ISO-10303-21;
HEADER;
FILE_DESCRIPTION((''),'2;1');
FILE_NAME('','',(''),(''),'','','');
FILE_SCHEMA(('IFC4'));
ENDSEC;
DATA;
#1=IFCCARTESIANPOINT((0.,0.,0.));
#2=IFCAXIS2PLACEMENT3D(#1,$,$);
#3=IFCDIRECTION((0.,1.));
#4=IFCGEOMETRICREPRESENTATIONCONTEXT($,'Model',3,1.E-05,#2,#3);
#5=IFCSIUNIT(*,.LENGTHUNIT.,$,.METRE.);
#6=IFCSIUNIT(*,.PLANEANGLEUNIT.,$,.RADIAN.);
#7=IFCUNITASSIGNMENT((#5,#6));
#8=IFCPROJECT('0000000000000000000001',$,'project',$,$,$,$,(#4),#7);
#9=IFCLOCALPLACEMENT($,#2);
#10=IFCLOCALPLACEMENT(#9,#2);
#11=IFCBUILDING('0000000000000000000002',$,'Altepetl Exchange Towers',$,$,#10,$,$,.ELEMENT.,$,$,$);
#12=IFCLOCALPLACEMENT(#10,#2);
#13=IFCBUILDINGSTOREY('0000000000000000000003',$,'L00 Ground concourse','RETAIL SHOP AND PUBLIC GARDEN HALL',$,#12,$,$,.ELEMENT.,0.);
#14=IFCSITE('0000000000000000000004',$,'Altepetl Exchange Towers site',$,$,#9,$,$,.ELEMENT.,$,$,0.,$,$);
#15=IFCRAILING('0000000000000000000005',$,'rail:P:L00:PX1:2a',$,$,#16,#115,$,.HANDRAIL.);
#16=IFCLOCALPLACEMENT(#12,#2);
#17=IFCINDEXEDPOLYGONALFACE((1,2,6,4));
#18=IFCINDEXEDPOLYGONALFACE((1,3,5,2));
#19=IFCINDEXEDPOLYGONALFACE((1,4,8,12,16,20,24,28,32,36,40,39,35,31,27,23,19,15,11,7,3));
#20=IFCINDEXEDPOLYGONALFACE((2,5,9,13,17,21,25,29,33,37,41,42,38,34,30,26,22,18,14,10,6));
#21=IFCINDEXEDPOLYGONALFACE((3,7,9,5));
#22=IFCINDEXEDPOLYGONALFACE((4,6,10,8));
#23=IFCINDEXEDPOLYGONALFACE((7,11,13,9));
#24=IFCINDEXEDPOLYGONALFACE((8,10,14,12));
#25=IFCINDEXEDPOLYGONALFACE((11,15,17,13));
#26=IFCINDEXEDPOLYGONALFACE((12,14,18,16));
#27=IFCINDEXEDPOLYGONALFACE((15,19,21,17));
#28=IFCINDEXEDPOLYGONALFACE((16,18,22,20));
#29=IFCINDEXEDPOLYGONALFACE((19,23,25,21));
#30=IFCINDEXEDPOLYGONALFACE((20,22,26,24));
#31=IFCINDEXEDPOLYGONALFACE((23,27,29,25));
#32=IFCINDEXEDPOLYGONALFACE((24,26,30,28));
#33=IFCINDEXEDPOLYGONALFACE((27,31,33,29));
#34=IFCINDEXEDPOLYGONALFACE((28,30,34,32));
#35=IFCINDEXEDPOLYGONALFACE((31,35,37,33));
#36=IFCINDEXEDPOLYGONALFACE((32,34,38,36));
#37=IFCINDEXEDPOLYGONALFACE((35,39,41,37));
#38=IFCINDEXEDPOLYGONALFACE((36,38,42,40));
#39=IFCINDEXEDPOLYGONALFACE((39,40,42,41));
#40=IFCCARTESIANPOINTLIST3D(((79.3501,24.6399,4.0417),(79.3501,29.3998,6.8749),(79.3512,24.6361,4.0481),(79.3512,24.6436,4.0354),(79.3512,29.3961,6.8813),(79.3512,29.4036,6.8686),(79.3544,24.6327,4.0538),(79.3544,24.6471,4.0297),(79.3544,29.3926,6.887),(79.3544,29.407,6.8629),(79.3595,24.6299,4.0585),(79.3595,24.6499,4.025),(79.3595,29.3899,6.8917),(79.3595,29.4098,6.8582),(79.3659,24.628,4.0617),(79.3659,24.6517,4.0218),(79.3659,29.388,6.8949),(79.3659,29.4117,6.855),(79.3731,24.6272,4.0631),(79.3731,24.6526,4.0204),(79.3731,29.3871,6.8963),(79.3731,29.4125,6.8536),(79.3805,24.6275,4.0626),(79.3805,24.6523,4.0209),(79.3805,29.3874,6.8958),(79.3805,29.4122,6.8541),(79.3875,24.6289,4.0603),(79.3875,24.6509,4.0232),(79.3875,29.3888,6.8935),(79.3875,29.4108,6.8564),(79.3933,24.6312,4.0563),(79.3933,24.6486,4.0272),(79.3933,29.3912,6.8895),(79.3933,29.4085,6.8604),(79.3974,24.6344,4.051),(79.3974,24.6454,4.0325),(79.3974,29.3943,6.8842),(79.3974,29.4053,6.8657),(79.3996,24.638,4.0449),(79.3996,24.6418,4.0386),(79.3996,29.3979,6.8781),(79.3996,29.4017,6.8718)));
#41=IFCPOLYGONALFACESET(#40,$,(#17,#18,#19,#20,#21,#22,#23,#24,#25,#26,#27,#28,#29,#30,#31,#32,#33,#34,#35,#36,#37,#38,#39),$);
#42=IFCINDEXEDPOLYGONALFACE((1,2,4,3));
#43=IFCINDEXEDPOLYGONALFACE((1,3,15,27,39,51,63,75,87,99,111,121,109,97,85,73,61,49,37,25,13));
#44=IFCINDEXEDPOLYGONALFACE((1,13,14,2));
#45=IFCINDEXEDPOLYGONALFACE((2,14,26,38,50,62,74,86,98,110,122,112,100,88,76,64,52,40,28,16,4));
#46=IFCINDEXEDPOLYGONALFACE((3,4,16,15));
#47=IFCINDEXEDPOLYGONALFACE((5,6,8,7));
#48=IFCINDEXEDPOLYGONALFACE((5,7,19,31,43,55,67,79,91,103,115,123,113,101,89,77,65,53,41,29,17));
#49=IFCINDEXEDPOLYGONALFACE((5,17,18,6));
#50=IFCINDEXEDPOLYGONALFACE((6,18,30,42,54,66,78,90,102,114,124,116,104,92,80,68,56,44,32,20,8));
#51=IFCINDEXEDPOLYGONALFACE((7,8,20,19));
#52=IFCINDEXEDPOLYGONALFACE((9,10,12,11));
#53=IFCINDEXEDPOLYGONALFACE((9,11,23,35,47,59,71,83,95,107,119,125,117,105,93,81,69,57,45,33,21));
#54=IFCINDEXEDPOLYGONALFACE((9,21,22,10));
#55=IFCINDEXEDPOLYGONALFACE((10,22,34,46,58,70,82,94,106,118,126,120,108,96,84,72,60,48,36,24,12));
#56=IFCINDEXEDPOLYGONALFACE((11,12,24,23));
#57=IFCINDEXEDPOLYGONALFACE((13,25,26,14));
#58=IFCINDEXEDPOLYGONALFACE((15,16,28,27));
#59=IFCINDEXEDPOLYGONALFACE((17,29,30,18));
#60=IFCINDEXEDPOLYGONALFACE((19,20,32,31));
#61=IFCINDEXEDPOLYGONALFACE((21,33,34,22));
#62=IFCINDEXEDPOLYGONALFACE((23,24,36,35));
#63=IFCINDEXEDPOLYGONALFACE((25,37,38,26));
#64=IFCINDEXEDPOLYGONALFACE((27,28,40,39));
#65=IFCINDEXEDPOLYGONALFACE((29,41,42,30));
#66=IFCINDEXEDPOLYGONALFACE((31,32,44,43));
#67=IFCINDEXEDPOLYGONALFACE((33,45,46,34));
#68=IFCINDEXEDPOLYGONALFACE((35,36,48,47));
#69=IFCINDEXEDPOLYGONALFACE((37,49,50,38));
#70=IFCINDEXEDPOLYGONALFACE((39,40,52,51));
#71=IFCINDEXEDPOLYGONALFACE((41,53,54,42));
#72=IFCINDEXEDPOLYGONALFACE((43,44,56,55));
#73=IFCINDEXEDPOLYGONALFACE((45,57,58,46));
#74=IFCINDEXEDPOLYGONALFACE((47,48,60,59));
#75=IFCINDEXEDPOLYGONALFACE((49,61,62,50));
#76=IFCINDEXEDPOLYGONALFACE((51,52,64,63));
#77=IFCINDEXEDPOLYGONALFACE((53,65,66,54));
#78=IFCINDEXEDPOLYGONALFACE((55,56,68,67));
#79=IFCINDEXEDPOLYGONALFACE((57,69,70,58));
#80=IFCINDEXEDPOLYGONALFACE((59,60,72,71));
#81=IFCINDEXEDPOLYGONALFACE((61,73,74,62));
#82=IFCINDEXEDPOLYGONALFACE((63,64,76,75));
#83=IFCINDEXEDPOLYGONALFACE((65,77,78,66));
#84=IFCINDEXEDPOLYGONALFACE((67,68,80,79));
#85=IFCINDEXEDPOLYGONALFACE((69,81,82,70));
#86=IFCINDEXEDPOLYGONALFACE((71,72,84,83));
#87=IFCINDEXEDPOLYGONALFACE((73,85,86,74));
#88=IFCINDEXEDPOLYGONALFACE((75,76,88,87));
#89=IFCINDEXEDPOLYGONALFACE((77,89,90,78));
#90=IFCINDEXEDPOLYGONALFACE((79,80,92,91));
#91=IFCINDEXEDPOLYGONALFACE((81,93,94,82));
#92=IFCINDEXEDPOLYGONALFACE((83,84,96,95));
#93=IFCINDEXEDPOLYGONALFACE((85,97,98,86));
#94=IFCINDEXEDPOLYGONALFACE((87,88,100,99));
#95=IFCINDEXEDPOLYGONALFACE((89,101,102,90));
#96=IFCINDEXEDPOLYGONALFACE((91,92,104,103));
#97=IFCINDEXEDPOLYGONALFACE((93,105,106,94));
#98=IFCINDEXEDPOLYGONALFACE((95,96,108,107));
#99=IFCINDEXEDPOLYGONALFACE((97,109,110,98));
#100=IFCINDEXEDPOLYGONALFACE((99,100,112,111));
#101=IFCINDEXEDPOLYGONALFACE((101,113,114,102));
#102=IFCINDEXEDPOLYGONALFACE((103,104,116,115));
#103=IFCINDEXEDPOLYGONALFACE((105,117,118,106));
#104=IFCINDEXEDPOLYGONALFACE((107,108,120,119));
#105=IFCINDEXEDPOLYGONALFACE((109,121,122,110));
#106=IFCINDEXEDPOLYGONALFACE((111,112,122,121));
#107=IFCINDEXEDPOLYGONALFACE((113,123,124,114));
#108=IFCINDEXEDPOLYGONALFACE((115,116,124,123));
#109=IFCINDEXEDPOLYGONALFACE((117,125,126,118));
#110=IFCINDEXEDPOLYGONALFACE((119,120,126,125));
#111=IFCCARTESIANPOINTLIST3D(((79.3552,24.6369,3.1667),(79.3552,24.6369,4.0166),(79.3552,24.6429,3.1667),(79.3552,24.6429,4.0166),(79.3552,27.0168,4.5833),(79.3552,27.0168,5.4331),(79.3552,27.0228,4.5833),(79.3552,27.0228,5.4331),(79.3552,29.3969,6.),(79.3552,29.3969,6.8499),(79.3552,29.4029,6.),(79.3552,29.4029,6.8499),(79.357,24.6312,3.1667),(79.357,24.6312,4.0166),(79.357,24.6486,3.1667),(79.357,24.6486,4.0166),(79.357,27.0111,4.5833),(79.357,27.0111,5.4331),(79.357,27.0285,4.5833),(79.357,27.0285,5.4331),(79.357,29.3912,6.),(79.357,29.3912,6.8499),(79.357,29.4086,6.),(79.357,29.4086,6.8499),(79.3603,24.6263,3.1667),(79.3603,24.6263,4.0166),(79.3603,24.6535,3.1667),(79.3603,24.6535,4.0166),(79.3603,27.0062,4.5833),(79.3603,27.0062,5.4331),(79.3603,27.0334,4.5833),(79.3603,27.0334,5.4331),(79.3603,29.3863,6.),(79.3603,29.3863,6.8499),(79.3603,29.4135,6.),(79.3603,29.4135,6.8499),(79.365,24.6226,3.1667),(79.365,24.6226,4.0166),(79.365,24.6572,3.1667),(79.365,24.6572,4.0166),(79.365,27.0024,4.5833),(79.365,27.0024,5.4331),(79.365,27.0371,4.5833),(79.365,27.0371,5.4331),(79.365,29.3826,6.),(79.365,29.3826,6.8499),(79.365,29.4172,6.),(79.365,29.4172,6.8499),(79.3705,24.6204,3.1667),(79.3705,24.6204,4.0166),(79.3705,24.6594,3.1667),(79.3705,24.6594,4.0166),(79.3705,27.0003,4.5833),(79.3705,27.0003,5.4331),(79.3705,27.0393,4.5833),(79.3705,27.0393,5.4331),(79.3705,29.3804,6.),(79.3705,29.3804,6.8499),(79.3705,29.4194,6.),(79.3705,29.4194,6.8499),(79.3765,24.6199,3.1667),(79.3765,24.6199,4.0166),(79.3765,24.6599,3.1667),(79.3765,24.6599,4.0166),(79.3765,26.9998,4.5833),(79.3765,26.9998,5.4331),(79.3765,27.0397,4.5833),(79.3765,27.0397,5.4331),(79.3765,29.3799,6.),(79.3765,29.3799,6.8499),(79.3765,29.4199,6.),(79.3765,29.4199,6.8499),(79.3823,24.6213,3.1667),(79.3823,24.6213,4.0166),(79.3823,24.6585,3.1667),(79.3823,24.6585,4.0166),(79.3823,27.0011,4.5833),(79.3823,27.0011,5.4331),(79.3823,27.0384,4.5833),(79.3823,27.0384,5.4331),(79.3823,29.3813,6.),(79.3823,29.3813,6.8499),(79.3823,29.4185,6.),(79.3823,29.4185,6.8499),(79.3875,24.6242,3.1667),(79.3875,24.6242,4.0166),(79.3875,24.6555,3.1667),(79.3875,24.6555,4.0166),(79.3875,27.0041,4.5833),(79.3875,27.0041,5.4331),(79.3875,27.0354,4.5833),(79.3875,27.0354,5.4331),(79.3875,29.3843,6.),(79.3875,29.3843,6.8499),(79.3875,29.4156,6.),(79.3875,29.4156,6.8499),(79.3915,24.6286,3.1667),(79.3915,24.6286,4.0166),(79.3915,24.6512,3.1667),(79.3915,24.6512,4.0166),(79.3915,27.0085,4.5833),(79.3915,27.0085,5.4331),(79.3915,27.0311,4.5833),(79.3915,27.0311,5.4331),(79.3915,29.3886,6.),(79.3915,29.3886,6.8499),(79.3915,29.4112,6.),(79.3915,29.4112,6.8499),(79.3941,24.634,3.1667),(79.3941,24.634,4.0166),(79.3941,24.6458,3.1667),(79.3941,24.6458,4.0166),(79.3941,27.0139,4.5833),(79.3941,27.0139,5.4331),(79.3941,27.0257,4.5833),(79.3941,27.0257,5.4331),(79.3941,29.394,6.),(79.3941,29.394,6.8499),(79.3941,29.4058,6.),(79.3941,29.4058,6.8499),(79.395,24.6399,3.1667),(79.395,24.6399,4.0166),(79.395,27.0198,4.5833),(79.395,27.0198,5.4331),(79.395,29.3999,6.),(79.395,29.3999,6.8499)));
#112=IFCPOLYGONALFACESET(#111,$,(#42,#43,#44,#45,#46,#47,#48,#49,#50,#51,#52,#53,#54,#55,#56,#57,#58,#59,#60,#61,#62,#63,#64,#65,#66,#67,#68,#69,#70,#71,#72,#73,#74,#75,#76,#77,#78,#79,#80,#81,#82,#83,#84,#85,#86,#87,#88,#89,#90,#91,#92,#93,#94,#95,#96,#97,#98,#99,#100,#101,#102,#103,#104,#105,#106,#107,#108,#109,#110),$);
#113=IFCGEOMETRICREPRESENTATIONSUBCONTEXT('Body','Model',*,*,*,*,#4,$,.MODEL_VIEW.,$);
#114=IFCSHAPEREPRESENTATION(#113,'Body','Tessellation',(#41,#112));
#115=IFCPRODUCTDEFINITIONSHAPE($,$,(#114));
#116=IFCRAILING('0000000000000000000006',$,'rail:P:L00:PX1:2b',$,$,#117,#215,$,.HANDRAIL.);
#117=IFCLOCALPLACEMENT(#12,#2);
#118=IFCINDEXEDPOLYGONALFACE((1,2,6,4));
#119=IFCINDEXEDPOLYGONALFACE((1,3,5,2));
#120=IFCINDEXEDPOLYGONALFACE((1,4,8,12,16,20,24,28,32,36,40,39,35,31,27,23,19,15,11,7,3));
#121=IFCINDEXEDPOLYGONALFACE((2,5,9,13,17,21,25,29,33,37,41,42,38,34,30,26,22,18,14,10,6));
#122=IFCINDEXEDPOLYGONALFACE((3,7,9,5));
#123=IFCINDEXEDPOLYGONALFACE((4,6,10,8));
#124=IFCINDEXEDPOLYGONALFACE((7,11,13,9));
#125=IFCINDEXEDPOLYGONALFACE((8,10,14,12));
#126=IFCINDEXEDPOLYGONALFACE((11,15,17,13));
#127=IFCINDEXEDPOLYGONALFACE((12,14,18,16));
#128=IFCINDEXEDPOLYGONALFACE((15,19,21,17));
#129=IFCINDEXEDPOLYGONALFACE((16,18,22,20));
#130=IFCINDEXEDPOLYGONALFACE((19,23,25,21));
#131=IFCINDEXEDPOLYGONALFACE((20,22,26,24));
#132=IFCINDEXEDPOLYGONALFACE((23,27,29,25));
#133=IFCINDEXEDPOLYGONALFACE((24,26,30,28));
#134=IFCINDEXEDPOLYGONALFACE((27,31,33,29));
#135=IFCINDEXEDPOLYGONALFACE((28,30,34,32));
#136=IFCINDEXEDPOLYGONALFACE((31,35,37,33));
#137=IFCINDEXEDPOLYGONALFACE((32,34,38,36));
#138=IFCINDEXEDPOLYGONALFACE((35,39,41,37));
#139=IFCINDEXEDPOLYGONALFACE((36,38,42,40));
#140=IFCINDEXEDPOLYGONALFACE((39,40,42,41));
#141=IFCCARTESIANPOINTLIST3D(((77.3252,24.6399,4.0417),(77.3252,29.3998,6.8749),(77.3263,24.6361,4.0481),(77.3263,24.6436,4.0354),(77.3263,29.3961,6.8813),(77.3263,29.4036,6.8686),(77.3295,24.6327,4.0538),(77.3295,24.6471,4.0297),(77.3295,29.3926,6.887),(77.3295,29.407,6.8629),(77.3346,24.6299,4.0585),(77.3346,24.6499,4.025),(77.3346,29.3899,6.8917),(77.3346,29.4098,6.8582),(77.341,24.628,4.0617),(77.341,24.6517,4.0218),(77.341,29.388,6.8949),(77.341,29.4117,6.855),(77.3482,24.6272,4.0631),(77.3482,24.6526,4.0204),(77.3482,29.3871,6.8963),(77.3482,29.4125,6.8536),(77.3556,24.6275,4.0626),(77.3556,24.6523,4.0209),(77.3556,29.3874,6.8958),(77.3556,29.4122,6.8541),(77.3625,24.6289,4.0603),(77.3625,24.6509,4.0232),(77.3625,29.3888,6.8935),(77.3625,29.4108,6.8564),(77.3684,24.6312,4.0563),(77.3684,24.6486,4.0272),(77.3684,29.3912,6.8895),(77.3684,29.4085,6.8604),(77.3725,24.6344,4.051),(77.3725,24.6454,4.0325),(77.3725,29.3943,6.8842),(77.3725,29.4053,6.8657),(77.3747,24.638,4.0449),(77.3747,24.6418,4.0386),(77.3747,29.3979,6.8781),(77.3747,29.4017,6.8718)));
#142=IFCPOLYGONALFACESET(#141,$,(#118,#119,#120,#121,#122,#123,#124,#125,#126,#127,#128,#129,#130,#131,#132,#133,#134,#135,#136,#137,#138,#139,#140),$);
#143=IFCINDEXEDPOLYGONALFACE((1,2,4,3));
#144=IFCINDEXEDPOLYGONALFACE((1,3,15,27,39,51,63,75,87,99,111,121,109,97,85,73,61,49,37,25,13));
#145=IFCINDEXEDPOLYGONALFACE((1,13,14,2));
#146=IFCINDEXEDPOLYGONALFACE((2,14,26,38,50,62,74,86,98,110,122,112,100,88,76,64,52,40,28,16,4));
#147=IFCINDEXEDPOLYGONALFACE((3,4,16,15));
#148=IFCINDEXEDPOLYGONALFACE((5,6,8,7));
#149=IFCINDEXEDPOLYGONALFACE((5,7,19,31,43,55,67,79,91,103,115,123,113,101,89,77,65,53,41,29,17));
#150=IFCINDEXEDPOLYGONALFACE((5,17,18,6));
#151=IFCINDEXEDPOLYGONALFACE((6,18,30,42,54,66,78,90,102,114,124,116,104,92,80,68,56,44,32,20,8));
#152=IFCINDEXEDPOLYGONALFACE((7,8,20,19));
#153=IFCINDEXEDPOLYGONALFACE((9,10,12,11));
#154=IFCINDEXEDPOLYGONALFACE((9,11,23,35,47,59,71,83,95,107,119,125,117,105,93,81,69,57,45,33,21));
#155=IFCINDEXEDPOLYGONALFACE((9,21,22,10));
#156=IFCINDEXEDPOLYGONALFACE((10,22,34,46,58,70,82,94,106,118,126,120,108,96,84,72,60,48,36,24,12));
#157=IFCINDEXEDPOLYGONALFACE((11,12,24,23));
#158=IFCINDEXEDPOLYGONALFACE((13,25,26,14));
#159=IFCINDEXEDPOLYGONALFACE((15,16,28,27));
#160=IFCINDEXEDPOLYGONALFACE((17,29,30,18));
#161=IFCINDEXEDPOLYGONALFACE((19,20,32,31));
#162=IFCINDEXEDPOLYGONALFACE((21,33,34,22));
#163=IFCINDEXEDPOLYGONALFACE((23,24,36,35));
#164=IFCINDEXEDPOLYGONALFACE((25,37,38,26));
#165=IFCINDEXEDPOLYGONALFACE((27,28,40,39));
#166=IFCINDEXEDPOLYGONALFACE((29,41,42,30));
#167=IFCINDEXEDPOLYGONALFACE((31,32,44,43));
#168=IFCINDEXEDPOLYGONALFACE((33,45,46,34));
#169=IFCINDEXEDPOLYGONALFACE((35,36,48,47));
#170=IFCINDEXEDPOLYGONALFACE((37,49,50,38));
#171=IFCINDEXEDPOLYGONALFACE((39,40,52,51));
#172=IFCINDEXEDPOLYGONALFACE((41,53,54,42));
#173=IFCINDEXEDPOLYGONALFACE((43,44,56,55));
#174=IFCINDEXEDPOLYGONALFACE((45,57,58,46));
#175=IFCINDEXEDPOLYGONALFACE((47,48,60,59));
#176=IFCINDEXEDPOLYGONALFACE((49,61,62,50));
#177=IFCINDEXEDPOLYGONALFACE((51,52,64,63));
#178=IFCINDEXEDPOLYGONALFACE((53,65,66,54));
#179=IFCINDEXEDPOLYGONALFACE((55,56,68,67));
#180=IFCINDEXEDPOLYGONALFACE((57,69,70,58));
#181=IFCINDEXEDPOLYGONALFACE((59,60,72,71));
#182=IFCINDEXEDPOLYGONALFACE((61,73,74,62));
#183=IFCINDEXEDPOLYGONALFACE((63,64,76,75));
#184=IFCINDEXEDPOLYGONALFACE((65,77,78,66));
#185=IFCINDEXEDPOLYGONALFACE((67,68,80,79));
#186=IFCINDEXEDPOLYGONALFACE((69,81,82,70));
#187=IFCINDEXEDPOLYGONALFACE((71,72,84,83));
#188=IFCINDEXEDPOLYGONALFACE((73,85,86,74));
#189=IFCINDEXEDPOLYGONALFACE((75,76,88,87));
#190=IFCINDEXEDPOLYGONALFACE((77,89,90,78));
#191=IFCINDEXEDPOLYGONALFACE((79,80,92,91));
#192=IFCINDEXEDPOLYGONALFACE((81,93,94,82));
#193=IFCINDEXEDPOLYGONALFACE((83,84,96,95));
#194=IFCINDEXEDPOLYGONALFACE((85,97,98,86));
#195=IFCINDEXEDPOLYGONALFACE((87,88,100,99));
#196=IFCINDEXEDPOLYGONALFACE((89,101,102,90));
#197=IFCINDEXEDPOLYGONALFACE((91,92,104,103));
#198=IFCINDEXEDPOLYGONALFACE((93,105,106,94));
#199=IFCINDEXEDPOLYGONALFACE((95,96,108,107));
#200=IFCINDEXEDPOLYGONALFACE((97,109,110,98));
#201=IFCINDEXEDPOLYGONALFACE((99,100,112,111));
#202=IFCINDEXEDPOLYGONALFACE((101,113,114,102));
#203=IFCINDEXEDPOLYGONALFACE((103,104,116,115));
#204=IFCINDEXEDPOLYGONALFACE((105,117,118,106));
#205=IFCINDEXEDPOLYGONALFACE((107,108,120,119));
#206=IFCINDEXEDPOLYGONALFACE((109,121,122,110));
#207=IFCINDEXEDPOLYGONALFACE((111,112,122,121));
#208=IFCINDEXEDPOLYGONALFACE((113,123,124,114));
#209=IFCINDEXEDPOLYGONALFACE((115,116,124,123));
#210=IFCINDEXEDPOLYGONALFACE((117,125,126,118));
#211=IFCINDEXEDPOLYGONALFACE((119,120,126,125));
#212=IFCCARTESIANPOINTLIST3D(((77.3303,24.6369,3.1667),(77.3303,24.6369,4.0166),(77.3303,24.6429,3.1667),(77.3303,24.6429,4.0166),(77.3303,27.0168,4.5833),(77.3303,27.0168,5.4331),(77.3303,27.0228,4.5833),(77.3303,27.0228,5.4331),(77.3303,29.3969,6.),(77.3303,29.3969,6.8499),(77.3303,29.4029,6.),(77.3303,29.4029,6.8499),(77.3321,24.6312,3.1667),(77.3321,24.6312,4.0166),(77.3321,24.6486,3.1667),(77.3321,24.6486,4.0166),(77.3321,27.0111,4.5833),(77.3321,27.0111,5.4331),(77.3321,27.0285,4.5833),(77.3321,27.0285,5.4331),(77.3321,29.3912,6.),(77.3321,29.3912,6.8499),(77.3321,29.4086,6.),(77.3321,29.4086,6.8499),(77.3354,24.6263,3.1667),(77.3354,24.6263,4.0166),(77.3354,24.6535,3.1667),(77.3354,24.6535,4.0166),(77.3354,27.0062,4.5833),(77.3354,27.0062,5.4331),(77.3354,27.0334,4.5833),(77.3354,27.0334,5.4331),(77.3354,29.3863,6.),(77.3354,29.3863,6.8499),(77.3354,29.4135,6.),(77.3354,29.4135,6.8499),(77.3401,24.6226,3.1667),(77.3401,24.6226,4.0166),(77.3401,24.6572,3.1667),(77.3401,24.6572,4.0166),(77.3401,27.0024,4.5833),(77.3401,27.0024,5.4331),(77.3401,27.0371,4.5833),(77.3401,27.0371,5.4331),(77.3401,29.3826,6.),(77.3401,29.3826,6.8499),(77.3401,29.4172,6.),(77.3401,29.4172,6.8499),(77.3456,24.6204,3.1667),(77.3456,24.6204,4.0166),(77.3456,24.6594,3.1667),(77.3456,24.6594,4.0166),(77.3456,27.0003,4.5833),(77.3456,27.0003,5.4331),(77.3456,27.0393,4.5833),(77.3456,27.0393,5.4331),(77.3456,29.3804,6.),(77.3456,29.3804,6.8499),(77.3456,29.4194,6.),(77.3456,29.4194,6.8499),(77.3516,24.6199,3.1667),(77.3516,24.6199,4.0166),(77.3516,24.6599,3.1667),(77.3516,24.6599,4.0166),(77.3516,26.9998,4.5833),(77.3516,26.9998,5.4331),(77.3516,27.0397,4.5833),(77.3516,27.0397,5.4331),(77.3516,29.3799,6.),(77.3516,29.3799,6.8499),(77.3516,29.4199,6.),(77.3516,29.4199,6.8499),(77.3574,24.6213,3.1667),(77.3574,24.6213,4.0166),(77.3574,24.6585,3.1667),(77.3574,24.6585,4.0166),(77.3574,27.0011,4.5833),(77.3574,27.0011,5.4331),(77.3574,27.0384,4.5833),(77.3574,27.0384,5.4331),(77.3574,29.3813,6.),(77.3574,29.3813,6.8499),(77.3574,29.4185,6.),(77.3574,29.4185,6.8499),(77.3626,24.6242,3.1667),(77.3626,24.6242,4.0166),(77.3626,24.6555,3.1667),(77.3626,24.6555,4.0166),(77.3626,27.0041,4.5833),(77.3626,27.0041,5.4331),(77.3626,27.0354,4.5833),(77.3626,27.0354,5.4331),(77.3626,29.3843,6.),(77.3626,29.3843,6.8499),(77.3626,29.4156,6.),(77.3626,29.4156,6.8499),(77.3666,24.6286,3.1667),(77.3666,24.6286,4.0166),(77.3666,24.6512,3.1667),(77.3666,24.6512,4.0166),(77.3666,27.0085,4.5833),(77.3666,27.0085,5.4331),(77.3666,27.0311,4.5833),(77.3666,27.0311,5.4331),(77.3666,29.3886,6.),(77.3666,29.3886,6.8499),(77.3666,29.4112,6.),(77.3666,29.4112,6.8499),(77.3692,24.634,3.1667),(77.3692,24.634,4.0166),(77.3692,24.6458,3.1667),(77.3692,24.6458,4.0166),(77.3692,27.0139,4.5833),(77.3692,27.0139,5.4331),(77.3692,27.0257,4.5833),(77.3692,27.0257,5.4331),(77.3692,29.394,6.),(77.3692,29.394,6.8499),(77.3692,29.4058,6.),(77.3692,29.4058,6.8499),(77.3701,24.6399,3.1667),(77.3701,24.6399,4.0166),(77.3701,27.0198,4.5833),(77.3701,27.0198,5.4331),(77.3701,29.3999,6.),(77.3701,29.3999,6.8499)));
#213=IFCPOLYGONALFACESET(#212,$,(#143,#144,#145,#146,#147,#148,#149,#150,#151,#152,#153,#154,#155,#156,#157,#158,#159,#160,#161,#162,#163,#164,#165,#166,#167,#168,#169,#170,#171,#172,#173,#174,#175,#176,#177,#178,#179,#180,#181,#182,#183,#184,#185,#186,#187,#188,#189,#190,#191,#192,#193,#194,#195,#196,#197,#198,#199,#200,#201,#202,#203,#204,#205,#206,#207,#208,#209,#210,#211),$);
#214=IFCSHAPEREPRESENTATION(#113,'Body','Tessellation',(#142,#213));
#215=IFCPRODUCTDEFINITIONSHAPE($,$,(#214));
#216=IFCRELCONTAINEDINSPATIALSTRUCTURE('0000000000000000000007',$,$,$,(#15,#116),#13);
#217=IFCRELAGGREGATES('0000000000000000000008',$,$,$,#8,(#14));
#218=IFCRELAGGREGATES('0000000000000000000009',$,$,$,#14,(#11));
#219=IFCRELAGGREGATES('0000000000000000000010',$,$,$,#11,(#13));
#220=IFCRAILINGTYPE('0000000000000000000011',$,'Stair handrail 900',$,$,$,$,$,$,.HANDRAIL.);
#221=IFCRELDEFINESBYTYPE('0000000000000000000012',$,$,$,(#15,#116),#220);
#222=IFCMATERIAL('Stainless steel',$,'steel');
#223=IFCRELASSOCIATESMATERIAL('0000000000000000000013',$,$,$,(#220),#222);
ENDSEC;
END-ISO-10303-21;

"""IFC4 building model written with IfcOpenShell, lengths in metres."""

from ifc_helpers import new_model, si_unit, direction, frame, origin, origin_2d, place, context, subcontext, project, spatial, circle, extrude, source, transform, mapped, material, type_object, element, save


model = new_model("IFC4")

# Units and contexts
model_context = context("Model", 3, precision=1e-05, world=origin(), true_north=direction((0.0, 1.0)))
body_context = subcontext(model_context, "Body", "Model", "MODEL_VIEW")
ifc_project = project(units=[si_unit("LENGTHUNIT", "METRE"), si_unit("PLANEANGLEUNIT", "RADIAN")], contexts=[model_context])

# Site, building, storey
site_placement = place(None, origin())
site = spatial("IfcSite", under=ifc_project, at=site_placement, Name="Altepetl Exchange Towers site", CompositionType="ELEMENT", RefElevation=0.0)
building_placement = place(site_placement, origin())
building = spatial("IfcBuilding", under=site, at=building_placement, Name="Altepetl Exchange Towers", CompositionType="ELEMENT")
storey_placement = place(building_placement, origin())
storey = spatial("IfcBuildingStorey", under=building, at=storey_placement, Name="L00 Ground concourse", Description="RETAIL SHOP AND PUBLIC GARDEN HALL", CompositionType="ELEMENT", Elevation=0.0)

# Railings
ifc_material_1 = material(Name="Stainless steel", Category="steel")
railing_type_1 = type_object("IfcRailingType", Name="Stair handrail 900", PredefinedType="HANDRAIL", material=ifc_material_1)
shared_shape_1 = source(origin(), body_context, "Body", "SweptSolid", [
    extrude(circle(Radius=0.02, at=origin_2d()), origin(), (0.0, 0.0, 1.0), 0.8499),
])
for number, where, name in (
    (1, (79.375, 24.6399, 3.1667), "rail:P:L00:PX1:2a"),
    (2, (77.3501, 24.6399, 3.1667), "rail:P:L00:PX1:2b"),
):
    element("IfcRailing", number, at=place(storey_placement, frame(where)), inside=storey, type_object=railing_type_1, Name=name, PredefinedType="HANDRAIL", context=body_context, shape_type="SweptSolid", body=[
        extrude(circle(Radius=0.0249, at=origin_2d()), frame((0.0, 0.0, 0.875), z_axis=(0.0, 0.8593, 0.511472), x_axis=(-1.0, 0.0, 0.0)), (0.0, 0.0, 1.0), 5.5393),
        mapped(shared_shape_1, transform((0.0, 0.0, 0.0))),
        mapped(shared_shape_1, transform((0.0, 2.3799, 1.4165))),
        mapped(shared_shape_1, transform((0.0, 4.76, 2.8333))),
    ])

save(model, "model.ifc")
